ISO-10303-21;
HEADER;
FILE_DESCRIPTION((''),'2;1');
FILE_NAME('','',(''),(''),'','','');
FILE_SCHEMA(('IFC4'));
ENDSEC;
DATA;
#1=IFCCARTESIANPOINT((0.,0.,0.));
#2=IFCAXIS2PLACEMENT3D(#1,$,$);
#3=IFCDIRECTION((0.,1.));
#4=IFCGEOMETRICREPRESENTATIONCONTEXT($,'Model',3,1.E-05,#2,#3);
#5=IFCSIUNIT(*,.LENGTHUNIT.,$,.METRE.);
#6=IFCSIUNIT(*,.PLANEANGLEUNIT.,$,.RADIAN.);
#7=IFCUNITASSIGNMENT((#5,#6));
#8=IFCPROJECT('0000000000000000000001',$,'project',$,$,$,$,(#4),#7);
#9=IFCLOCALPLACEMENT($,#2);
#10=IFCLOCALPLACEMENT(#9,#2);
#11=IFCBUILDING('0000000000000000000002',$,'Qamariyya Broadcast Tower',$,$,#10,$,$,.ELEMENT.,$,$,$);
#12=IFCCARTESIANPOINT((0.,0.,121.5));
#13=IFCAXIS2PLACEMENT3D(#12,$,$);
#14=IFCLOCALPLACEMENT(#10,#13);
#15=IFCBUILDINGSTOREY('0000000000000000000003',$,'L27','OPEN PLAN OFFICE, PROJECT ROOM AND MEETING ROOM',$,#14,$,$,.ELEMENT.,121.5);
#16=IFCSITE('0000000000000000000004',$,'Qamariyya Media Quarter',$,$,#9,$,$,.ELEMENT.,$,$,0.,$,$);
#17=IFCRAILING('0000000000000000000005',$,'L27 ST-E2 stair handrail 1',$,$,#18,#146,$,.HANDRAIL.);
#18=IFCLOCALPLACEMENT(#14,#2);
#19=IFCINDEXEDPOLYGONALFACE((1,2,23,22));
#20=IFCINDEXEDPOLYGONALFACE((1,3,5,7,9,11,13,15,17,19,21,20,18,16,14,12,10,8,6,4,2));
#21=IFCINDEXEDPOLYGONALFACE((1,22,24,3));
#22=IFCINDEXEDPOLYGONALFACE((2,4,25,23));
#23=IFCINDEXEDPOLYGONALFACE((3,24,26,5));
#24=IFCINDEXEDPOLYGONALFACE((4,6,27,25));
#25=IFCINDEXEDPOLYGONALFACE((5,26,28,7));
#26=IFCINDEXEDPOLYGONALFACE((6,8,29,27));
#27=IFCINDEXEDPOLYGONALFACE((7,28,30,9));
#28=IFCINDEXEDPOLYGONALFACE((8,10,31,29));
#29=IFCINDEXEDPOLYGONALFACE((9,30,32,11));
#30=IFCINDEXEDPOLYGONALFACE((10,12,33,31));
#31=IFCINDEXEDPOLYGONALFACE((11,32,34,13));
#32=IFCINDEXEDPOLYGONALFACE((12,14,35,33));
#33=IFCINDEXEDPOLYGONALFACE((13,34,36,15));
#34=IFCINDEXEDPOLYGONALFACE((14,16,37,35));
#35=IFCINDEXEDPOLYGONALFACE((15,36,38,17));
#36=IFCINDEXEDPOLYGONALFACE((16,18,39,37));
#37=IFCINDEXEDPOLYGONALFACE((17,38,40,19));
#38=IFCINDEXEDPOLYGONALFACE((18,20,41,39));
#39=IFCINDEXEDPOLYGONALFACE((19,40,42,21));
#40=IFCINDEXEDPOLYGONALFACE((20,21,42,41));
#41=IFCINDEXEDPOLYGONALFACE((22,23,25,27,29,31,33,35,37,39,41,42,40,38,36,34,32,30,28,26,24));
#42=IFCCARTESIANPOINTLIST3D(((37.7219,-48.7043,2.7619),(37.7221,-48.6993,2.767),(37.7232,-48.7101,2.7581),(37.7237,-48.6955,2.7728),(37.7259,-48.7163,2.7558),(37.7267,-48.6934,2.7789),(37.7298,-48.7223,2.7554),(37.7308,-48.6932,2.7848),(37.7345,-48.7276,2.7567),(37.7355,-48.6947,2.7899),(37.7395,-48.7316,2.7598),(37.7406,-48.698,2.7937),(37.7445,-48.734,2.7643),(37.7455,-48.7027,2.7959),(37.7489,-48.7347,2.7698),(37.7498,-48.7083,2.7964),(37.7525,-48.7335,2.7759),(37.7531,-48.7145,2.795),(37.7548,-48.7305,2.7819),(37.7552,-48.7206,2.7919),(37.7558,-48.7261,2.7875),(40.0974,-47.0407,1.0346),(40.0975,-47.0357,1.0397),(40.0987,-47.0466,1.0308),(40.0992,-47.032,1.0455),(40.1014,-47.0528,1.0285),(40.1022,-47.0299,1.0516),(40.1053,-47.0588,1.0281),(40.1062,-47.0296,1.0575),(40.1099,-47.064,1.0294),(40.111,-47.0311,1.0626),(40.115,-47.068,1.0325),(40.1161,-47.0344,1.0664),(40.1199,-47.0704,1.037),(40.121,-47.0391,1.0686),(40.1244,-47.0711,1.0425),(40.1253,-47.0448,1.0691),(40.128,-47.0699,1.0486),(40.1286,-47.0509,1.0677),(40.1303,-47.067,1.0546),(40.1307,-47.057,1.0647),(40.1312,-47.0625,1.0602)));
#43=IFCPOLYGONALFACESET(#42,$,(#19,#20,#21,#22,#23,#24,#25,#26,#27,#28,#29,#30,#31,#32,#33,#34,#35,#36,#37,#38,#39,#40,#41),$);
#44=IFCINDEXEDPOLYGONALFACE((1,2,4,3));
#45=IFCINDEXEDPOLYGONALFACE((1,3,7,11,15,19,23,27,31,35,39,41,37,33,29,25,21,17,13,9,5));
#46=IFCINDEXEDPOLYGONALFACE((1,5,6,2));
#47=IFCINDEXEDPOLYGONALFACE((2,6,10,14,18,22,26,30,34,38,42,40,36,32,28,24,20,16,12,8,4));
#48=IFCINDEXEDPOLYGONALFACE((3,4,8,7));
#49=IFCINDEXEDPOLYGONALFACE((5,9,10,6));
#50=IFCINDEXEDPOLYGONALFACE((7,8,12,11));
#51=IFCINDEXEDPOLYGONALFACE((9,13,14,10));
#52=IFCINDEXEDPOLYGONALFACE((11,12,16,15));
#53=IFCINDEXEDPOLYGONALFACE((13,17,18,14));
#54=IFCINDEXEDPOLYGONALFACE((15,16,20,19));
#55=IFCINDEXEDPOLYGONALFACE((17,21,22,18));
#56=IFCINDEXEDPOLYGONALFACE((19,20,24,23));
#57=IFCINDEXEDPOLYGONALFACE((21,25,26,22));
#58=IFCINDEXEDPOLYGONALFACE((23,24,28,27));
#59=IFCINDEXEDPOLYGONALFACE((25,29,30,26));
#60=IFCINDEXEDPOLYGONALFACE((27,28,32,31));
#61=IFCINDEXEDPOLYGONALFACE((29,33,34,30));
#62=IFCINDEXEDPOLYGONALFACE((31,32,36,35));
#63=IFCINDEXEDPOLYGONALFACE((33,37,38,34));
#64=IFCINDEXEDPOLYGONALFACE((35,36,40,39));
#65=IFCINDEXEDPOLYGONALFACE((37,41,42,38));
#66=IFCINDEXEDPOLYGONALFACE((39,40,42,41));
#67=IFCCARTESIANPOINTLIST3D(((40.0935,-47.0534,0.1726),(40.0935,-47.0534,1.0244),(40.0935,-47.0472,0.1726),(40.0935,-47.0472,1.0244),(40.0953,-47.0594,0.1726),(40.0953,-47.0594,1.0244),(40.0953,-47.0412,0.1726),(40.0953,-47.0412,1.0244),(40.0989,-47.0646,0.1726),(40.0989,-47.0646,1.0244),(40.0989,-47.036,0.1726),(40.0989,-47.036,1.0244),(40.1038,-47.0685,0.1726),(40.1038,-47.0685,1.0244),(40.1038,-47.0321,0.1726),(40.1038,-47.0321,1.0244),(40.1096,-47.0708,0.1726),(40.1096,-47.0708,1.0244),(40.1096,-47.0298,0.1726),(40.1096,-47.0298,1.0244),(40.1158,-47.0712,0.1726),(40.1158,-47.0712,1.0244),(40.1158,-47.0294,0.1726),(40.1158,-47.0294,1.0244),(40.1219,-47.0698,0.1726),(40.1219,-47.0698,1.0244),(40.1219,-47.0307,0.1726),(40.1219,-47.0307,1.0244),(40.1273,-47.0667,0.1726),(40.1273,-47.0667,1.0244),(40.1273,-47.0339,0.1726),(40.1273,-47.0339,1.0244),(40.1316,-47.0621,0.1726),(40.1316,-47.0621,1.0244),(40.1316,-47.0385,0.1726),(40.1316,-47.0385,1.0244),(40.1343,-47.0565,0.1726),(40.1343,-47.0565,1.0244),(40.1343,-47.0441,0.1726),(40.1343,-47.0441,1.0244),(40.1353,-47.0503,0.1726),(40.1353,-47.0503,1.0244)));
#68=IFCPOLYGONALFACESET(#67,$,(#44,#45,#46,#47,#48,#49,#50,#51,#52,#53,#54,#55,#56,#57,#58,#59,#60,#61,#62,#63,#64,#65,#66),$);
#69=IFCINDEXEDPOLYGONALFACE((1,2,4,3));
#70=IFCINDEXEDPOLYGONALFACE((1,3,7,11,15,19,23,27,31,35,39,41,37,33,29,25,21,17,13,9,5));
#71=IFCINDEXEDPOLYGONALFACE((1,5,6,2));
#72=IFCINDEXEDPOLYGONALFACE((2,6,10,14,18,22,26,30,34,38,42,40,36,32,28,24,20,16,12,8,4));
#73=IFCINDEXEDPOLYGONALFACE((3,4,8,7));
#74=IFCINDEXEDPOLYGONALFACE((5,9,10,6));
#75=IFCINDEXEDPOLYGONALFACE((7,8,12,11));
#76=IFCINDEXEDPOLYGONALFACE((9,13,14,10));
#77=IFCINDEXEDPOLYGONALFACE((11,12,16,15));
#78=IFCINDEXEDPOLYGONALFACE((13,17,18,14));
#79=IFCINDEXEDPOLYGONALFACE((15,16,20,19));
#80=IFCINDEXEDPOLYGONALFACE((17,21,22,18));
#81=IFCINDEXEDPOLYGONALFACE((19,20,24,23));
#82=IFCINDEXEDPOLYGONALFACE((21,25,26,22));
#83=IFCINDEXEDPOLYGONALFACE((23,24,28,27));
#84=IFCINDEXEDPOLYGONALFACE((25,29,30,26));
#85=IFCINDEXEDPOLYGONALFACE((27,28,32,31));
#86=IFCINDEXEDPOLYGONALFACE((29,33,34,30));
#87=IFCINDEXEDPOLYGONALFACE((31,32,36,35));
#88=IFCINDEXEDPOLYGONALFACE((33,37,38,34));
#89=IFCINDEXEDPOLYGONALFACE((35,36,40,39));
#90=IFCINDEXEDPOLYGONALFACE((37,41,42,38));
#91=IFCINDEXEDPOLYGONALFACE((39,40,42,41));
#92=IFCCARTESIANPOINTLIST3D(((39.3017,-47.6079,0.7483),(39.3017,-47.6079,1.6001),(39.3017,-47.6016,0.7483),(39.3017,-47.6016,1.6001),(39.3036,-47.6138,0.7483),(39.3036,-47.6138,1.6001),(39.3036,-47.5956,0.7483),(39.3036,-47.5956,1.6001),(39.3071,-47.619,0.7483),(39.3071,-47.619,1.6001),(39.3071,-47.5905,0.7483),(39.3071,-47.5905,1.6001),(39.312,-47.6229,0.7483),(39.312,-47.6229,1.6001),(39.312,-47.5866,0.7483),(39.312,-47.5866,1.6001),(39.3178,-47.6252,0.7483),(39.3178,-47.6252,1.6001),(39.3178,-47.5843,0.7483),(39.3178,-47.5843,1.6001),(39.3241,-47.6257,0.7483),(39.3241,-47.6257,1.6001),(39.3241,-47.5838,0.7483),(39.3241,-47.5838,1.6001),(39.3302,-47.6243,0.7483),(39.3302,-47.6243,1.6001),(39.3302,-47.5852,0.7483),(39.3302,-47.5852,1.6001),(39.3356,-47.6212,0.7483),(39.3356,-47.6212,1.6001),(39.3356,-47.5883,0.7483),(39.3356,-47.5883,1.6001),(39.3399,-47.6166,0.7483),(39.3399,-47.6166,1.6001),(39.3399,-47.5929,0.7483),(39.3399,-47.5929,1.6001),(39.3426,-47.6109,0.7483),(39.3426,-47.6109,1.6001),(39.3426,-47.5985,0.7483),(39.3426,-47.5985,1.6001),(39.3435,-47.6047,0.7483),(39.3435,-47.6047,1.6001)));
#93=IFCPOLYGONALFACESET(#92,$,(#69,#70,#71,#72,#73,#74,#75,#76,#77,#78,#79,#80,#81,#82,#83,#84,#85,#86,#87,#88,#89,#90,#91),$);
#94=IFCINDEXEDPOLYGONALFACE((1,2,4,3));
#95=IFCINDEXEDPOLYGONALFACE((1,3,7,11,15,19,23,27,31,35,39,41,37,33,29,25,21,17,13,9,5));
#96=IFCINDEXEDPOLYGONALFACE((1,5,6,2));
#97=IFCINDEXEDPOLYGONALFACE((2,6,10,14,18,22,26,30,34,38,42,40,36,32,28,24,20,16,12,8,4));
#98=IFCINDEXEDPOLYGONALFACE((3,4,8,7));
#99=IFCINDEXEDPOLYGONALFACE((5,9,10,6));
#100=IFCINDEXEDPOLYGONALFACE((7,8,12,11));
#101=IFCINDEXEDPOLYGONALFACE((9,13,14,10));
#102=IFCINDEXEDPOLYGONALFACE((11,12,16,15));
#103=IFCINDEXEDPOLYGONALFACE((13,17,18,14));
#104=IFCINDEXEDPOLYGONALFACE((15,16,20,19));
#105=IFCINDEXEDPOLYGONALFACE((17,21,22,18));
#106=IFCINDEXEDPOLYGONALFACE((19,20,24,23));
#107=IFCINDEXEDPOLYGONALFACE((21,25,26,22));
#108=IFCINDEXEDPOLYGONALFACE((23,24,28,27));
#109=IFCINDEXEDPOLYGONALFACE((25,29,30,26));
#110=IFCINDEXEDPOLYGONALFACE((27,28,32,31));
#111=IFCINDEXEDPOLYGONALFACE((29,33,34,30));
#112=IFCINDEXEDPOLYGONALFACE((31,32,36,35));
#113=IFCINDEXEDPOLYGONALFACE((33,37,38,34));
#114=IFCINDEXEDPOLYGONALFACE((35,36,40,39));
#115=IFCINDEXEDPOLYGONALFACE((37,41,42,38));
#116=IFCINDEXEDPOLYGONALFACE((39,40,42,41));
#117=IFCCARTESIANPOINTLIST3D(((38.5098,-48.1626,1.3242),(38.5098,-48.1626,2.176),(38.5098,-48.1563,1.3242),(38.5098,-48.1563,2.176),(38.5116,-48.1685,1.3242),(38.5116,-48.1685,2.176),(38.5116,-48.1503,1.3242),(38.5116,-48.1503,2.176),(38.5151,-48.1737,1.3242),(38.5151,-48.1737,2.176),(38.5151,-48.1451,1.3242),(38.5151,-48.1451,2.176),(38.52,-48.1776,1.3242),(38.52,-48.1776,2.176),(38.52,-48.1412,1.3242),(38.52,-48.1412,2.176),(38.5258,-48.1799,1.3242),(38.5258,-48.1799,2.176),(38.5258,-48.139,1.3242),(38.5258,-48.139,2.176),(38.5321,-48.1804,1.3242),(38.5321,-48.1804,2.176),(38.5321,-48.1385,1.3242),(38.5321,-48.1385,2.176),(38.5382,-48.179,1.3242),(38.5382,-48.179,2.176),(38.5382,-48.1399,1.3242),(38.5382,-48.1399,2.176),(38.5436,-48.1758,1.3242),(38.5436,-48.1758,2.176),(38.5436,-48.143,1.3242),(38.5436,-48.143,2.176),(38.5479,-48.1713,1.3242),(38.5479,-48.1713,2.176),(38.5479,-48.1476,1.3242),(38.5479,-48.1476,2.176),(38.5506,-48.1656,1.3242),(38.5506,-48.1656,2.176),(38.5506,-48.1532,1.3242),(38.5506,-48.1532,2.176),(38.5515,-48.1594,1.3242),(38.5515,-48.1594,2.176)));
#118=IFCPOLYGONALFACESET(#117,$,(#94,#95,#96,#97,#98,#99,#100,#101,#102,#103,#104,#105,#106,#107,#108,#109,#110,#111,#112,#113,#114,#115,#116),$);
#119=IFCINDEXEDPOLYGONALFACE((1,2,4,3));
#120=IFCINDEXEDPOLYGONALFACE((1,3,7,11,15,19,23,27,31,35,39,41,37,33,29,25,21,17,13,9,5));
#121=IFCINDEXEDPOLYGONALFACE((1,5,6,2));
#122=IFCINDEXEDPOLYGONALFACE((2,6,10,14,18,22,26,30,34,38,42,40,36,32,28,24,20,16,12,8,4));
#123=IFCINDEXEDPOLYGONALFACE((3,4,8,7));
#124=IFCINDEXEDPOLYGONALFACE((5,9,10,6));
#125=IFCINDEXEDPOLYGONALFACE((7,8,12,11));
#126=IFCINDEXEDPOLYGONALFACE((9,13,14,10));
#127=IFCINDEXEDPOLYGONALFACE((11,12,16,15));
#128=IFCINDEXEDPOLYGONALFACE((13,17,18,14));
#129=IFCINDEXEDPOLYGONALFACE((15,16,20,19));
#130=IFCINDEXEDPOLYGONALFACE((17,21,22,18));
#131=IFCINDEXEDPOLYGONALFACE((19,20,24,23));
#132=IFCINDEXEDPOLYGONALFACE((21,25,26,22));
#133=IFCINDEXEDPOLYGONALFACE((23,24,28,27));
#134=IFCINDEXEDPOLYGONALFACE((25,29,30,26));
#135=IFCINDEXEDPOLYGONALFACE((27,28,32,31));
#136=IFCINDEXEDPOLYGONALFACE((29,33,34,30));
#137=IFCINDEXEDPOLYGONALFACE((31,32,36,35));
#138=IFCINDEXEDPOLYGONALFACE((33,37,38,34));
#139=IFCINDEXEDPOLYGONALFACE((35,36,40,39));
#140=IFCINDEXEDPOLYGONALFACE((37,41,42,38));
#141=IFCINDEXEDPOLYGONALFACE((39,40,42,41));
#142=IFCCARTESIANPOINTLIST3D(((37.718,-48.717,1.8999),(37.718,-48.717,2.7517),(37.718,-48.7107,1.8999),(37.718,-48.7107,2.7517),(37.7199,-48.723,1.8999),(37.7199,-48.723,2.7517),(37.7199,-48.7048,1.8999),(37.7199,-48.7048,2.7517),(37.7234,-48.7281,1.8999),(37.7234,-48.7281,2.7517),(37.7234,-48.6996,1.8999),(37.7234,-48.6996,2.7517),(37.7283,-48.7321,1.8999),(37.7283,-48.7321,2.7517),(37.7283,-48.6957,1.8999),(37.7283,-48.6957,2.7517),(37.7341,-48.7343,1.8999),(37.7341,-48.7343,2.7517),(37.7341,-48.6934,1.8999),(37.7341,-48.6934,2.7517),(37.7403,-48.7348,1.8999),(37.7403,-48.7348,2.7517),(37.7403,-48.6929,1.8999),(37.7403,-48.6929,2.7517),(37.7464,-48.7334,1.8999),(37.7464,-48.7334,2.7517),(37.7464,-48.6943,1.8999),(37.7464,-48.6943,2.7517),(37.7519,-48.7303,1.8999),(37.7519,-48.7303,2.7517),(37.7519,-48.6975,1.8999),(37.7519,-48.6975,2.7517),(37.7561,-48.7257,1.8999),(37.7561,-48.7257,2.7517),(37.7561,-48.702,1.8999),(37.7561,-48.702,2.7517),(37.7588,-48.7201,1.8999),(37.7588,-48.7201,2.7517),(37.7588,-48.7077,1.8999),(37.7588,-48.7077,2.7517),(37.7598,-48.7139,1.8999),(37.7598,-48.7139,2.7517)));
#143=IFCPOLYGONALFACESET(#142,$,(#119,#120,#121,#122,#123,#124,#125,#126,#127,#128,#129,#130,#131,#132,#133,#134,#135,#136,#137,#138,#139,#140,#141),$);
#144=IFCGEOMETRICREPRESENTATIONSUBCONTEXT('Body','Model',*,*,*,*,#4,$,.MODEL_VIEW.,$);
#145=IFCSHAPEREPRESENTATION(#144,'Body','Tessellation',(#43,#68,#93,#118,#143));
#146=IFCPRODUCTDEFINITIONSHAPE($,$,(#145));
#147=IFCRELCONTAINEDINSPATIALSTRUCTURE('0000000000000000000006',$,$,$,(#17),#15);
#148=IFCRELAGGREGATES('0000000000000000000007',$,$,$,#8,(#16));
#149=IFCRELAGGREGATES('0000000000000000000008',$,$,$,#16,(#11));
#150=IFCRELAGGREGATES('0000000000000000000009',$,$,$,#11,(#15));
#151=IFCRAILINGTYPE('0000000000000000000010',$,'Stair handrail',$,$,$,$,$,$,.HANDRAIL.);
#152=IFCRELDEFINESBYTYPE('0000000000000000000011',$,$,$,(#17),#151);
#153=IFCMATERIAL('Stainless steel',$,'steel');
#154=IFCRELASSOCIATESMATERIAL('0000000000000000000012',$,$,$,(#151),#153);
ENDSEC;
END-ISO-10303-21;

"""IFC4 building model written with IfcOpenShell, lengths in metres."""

from ifc_helpers import new_model, si_unit, direction, frame, origin, origin_2d, place, context, subcontext, project, spatial, circle, extrude, material, type_object, element, save


model = new_model("IFC4")

# Units and contexts
model_context = context("Model", 3, precision=1e-05, world=origin(), true_north=direction((0.0, 1.0)))
body_context = subcontext(model_context, "Body", "Model", "MODEL_VIEW")
ifc_project = project(units=[si_unit("LENGTHUNIT", "METRE"), si_unit("PLANEANGLEUNIT", "RADIAN")], contexts=[model_context])

# Site, building, storey
site_placement = place(None, origin())
site = spatial("IfcSite", under=ifc_project, at=site_placement, Name="Qamariyya Media Quarter", CompositionType="ELEMENT", RefElevation=0.0)
building_placement = place(site_placement, origin())
building = spatial("IfcBuilding", under=site, at=building_placement, Name="Qamariyya Broadcast Tower", CompositionType="ELEMENT")
storey_placement = place(building_placement, frame((0.0, 0.0, 121.5)))
storey = spatial("IfcBuildingStorey", under=building, at=storey_placement, Name="L27", Description="OPEN PLAN OFFICE, PROJECT ROOM AND MEETING ROOM", CompositionType="ELEMENT", Elevation=121.5)

# Railing
ifc_material_1 = material(Name="Stainless steel", Category="steel")
railing_type_1 = type_object("IfcRailingType", Name="Stair handrail", PredefinedType="HANDRAIL", material=ifc_material_1)
railing_1_placement = place(storey_placement, frame((40.1143, -47.0503, 0.1726)))
element("IfcRailing", 1, at=railing_1_placement, inside=storey, type_object=railing_type_1, Name="L27 ST-E2 stair handrail 1", PredefinedType="HANDRAIL", context=body_context, shape_type="SweptSolid", body=[
    extrude(circle(Radius=0.0239, at=origin_2d()), frame((0.0, 0.0, 0.876), z_axis=(-0.703745, -0.492838, 0.511716), x_axis=(0.573632, -0.819113, 0.0)), (0.0, 0.0, 1.0), 3.3755),
    extrude(circle(Radius=0.021, at=origin_2d()), origin(), (0.0, 0.0, 1.0), 0.8518),
    extrude(circle(Radius=0.021, at=origin_2d()), frame((-0.7917, -0.5544, 0.5757)), (0.0, 0.0, 1.0), 0.8518),
    extrude(circle(Radius=0.021, at=origin_2d()), frame((-1.5837, -1.1091, 1.1516)), (0.0, 0.0, 1.0), 0.8518),
    extrude(circle(Radius=0.021, at=origin_2d()), frame((-2.3755, -1.6636, 1.7273)), (0.0, 0.0, 1.0), 0.8518),
])

save(model, "model.ifc")
